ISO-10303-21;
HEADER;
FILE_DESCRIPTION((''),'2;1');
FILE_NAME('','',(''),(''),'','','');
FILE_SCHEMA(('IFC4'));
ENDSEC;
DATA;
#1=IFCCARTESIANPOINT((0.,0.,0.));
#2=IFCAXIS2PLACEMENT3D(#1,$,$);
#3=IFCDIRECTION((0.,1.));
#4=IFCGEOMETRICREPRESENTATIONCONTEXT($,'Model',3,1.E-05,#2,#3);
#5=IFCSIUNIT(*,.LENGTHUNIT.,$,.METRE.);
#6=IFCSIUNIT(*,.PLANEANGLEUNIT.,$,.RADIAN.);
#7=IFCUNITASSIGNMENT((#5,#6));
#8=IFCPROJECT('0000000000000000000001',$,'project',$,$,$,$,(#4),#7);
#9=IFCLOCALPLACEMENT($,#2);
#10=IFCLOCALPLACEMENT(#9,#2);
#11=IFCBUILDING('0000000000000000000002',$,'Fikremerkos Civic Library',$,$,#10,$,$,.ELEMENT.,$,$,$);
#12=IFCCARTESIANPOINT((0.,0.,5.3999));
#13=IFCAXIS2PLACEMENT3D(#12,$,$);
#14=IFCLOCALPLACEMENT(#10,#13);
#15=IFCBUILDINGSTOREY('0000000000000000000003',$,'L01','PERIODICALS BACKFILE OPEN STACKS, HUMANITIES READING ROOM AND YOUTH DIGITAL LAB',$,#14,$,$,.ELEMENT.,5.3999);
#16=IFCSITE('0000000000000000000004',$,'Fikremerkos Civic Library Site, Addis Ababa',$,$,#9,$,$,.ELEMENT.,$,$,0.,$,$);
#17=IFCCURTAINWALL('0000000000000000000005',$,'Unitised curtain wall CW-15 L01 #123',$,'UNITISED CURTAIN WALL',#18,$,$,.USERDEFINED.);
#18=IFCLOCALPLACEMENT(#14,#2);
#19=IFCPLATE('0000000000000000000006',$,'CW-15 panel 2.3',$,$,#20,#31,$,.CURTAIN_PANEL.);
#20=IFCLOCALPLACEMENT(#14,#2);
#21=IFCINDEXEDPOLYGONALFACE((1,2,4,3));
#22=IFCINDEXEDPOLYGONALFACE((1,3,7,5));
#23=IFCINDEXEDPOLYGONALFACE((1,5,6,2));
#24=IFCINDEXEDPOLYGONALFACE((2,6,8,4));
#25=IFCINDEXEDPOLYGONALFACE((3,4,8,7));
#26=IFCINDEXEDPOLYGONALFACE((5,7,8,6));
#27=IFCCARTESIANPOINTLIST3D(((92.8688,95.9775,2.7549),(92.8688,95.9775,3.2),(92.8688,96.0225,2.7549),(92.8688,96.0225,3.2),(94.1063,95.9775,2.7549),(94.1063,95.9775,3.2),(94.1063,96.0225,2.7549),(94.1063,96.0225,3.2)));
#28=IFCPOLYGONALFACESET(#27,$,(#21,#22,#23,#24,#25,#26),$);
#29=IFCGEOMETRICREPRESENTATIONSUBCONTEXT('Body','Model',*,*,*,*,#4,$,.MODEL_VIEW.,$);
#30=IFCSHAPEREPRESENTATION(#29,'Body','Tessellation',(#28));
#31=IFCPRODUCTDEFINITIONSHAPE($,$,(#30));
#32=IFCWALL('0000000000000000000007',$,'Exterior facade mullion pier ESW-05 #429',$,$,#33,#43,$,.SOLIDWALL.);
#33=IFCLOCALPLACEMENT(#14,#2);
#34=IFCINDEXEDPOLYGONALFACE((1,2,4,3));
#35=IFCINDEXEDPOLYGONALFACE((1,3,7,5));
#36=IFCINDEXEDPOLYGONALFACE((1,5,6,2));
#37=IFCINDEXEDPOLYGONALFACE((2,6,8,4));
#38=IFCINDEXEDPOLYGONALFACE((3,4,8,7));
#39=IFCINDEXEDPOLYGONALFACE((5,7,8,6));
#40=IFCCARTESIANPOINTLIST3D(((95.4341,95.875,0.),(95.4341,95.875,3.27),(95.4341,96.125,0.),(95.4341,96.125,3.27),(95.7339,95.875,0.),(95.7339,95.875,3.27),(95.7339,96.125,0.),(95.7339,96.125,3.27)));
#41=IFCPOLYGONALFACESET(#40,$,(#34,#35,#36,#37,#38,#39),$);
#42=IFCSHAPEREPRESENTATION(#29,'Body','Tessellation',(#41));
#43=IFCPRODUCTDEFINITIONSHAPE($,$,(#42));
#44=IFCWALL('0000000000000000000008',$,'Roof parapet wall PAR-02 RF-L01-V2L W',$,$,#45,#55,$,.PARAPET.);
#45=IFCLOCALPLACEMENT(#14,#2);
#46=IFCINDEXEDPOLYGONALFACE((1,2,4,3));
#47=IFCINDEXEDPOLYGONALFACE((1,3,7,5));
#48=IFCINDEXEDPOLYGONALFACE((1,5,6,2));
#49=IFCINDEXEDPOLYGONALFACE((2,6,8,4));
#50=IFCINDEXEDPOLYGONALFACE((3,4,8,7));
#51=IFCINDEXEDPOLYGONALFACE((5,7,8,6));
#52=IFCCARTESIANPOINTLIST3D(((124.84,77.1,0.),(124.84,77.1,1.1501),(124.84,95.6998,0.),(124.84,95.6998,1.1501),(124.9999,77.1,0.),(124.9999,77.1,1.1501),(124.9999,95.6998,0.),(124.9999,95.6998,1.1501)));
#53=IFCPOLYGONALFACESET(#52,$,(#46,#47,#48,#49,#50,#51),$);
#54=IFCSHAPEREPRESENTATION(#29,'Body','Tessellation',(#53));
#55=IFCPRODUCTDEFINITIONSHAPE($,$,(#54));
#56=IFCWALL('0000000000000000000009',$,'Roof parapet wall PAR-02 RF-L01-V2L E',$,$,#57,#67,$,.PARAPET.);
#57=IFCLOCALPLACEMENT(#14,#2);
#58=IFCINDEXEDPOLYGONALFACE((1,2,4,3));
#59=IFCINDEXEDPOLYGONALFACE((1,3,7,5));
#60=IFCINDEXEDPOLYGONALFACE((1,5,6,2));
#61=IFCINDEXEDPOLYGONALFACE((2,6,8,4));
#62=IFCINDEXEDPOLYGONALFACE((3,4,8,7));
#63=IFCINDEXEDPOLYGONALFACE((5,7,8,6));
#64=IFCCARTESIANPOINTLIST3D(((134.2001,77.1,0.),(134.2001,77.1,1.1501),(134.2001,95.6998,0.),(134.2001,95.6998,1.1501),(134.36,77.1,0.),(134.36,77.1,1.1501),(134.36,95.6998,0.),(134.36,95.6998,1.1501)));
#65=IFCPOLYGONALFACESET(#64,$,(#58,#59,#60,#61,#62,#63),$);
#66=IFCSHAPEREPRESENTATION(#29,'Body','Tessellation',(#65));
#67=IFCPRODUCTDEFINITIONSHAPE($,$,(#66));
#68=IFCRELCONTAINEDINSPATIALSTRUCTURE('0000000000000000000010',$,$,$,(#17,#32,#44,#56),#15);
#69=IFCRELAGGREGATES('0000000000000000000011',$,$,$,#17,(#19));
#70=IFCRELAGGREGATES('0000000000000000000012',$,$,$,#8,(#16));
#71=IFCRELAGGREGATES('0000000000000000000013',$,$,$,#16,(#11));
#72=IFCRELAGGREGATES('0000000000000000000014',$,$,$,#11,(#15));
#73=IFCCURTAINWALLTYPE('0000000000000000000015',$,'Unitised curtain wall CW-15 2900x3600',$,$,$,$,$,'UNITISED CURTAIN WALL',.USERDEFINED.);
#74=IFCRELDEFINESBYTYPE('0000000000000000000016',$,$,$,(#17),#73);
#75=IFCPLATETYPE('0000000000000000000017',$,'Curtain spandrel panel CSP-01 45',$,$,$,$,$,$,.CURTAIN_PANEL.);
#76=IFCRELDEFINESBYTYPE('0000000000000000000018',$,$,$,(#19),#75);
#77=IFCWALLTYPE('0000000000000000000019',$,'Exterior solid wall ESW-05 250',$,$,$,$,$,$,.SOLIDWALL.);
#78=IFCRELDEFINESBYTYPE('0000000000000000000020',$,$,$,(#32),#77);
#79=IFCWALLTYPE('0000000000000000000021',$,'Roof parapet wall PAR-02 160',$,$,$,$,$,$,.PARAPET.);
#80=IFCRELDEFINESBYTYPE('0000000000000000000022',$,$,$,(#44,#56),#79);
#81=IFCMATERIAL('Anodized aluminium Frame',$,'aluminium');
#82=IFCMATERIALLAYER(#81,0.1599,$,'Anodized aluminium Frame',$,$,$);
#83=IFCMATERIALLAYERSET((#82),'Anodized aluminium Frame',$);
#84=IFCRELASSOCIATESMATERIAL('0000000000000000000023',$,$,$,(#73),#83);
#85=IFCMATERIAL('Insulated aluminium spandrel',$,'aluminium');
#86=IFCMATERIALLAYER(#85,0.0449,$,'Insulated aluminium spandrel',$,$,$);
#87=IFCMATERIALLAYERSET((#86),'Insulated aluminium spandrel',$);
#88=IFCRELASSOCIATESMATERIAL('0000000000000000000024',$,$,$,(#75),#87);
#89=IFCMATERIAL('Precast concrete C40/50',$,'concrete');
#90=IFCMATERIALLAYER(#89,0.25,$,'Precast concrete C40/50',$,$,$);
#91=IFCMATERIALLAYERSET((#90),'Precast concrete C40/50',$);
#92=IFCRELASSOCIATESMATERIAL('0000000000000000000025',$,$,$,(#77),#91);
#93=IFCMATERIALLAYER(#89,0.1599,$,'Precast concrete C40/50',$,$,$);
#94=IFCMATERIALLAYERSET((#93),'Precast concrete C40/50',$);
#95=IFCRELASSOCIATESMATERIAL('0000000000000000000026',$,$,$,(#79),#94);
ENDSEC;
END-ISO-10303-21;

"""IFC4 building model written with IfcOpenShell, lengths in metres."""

from ifc_helpers import new_model, si_unit, direction, frame, frame_2d, origin, origin_2d, place, context, subcontext, project, spatial, rectangle, extrude, material, layer, layer_set, type_object, element, aggregate, save


model = new_model("IFC4")

# Units and contexts
model_context = context("Model", 3, precision=1e-05, world=origin(), true_north=direction((0.0, 1.0)))
body_context = subcontext(model_context, "Body", "Model", "MODEL_VIEW")
ifc_project = project(units=[si_unit("LENGTHUNIT", "METRE"), si_unit("PLANEANGLEUNIT", "RADIAN")], contexts=[model_context])

# Site, building, storey
site_placement = place(None, origin())
site = spatial("IfcSite", under=ifc_project, at=site_placement, Name="Fikremerkos Civic Library Site, Addis Ababa", CompositionType="ELEMENT", RefElevation=0.0)
building_placement = place(site_placement, origin())
building = spatial("IfcBuilding", under=site, at=building_placement, Name="Fikremerkos Civic Library", CompositionType="ELEMENT")
storey_placement = place(building_placement, frame((0.0, 0.0, 5.3999)))
storey = spatial("IfcBuildingStorey", under=building, at=storey_placement, Name="L01", Description="PERIODICALS BACKFILE OPEN STACKS, HUMANITIES READING ROOM AND YOUTH DIGITAL LAB", CompositionType="ELEMENT", Elevation=5.3999)

# Curtain wall
ifc_material_1 = material(Name="Anodized aluminium Frame", Category="aluminium")
ifc_layer_1 = layer(ifc_material_1, 0.1599, Name="Anodized aluminium Frame")
ifc_layer_set_1 = layer_set([ifc_layer_1], Name="Anodized aluminium Frame")
curtain_wall_type_1 = type_object("IfcCurtainWallType", Name="Unitised curtain wall CW-15 2900x3600", ElementType="UNITISED CURTAIN WALL", PredefinedType="USERDEFINED", material=ifc_layer_set_1)
curtain_wall_1_placement = place(storey_placement, origin())
curtain_wall_1 = element("IfcCurtainWall", 1, at=curtain_wall_1_placement, inside=storey, type_object=curtain_wall_type_1, Name="Unitised curtain wall CW-15 L01 #123", ObjectType="UNITISED CURTAIN WALL", PredefinedType="USERDEFINED")

# Plate
ifc_material_2 = material(Name="Insulated aluminium spandrel", Category="aluminium")
ifc_layer_2 = layer(ifc_material_2, 0.0449, Name="Insulated aluminium spandrel")
ifc_layer_set_2 = layer_set([ifc_layer_2], Name="Insulated aluminium spandrel")
plate_type_1 = type_object("IfcPlateType", Name="Curtain spandrel panel CSP-01 45", PredefinedType="CURTAIN_PANEL", material=ifc_layer_set_2)
plate_1_placement = place(storey_placement, frame((93.4875, 96.0, 2.7549), z_axis=(0.0, 0.0, 1.0), x_axis=(-1.0, 0.0, 0.0)))
plate_1 = element("IfcPlate", 2, at=plate_1_placement, type_object=plate_type_1, Name="CW-15 panel 2.3", PredefinedType="CURTAIN_PANEL", context=body_context, shape_type="SweptSolid", body=[
    extrude(rectangle(XDim=1.2375, YDim=0.0449, at=origin_2d()), origin(), (0.0, 0.0, 1.0), 0.4451),
])
aggregate(curtain_wall_1, [plate_1])

# Walls
ifc_material_3 = material(Name="Precast concrete C40/50", Category="concrete")
ifc_layer_3 = layer(ifc_material_3, 0.25, Name="Precast concrete C40/50")
ifc_layer_set_3 = layer_set([ifc_layer_3], Name="Precast concrete C40/50")
wall_type_1 = type_object("IfcWallType", Name="Exterior solid wall ESW-05 250", PredefinedType="SOLIDWALL", material=ifc_layer_set_3)
wall_placement = place(storey_placement, frame((95.7339, 96.0, 0.0), z_axis=(0.0, 0.0, 1.0), x_axis=(-1.0, 0.0, 0.0)))
element("IfcWall", 3, at=wall_placement, inside=storey, type_object=wall_type_1, Name="Exterior facade mullion pier ESW-05 #429", PredefinedType="SOLIDWALL", context=body_context, shape_type="SweptSolid", body=[
    extrude(rectangle(XDim=0.2998, YDim=0.25, at=frame_2d((0.1499, 0.0))), origin(), (0.0, 0.0, 1.0), 3.27),
])
ifc_layer_4 = layer(ifc_material_3, 0.1599, Name="Precast concrete C40/50")
ifc_layer_set_4 = layer_set([ifc_layer_4], Name="Precast concrete C40/50")
wall_type_2 = type_object("IfcWallType", Name="Roof parapet wall PAR-02 160", PredefinedType="PARAPET", material=ifc_layer_set_4)
for number, where, z_axis, x_axis, name in (
    (4, (124.9199, 77.1001, 0.0), (0.0, 0.0, 1.0), (0.0, 1.0, 0.0), "Roof parapet wall PAR-02 RF-L01-V2L W"),
    (5, (134.28, 77.1001, 0.0), (0.0, 0.0, 1.0), (0.0, 1.0, 0.0), "Roof parapet wall PAR-02 RF-L01-V2L E"),
):
    element("IfcWall", number, at=place(storey_placement, frame(where, z_axis=z_axis, x_axis=x_axis)), inside=storey, type_object=wall_type_2, Name=name, PredefinedType="PARAPET", context=body_context, shape_type="SweptSolid", body=[
        extrude(rectangle(XDim=18.5999, YDim=0.1599, at=frame_2d((9.2998, 0.0))), origin(), (0.0, 0.0, 1.0), 1.1501),
    ])

save(model, "model.ifc")
